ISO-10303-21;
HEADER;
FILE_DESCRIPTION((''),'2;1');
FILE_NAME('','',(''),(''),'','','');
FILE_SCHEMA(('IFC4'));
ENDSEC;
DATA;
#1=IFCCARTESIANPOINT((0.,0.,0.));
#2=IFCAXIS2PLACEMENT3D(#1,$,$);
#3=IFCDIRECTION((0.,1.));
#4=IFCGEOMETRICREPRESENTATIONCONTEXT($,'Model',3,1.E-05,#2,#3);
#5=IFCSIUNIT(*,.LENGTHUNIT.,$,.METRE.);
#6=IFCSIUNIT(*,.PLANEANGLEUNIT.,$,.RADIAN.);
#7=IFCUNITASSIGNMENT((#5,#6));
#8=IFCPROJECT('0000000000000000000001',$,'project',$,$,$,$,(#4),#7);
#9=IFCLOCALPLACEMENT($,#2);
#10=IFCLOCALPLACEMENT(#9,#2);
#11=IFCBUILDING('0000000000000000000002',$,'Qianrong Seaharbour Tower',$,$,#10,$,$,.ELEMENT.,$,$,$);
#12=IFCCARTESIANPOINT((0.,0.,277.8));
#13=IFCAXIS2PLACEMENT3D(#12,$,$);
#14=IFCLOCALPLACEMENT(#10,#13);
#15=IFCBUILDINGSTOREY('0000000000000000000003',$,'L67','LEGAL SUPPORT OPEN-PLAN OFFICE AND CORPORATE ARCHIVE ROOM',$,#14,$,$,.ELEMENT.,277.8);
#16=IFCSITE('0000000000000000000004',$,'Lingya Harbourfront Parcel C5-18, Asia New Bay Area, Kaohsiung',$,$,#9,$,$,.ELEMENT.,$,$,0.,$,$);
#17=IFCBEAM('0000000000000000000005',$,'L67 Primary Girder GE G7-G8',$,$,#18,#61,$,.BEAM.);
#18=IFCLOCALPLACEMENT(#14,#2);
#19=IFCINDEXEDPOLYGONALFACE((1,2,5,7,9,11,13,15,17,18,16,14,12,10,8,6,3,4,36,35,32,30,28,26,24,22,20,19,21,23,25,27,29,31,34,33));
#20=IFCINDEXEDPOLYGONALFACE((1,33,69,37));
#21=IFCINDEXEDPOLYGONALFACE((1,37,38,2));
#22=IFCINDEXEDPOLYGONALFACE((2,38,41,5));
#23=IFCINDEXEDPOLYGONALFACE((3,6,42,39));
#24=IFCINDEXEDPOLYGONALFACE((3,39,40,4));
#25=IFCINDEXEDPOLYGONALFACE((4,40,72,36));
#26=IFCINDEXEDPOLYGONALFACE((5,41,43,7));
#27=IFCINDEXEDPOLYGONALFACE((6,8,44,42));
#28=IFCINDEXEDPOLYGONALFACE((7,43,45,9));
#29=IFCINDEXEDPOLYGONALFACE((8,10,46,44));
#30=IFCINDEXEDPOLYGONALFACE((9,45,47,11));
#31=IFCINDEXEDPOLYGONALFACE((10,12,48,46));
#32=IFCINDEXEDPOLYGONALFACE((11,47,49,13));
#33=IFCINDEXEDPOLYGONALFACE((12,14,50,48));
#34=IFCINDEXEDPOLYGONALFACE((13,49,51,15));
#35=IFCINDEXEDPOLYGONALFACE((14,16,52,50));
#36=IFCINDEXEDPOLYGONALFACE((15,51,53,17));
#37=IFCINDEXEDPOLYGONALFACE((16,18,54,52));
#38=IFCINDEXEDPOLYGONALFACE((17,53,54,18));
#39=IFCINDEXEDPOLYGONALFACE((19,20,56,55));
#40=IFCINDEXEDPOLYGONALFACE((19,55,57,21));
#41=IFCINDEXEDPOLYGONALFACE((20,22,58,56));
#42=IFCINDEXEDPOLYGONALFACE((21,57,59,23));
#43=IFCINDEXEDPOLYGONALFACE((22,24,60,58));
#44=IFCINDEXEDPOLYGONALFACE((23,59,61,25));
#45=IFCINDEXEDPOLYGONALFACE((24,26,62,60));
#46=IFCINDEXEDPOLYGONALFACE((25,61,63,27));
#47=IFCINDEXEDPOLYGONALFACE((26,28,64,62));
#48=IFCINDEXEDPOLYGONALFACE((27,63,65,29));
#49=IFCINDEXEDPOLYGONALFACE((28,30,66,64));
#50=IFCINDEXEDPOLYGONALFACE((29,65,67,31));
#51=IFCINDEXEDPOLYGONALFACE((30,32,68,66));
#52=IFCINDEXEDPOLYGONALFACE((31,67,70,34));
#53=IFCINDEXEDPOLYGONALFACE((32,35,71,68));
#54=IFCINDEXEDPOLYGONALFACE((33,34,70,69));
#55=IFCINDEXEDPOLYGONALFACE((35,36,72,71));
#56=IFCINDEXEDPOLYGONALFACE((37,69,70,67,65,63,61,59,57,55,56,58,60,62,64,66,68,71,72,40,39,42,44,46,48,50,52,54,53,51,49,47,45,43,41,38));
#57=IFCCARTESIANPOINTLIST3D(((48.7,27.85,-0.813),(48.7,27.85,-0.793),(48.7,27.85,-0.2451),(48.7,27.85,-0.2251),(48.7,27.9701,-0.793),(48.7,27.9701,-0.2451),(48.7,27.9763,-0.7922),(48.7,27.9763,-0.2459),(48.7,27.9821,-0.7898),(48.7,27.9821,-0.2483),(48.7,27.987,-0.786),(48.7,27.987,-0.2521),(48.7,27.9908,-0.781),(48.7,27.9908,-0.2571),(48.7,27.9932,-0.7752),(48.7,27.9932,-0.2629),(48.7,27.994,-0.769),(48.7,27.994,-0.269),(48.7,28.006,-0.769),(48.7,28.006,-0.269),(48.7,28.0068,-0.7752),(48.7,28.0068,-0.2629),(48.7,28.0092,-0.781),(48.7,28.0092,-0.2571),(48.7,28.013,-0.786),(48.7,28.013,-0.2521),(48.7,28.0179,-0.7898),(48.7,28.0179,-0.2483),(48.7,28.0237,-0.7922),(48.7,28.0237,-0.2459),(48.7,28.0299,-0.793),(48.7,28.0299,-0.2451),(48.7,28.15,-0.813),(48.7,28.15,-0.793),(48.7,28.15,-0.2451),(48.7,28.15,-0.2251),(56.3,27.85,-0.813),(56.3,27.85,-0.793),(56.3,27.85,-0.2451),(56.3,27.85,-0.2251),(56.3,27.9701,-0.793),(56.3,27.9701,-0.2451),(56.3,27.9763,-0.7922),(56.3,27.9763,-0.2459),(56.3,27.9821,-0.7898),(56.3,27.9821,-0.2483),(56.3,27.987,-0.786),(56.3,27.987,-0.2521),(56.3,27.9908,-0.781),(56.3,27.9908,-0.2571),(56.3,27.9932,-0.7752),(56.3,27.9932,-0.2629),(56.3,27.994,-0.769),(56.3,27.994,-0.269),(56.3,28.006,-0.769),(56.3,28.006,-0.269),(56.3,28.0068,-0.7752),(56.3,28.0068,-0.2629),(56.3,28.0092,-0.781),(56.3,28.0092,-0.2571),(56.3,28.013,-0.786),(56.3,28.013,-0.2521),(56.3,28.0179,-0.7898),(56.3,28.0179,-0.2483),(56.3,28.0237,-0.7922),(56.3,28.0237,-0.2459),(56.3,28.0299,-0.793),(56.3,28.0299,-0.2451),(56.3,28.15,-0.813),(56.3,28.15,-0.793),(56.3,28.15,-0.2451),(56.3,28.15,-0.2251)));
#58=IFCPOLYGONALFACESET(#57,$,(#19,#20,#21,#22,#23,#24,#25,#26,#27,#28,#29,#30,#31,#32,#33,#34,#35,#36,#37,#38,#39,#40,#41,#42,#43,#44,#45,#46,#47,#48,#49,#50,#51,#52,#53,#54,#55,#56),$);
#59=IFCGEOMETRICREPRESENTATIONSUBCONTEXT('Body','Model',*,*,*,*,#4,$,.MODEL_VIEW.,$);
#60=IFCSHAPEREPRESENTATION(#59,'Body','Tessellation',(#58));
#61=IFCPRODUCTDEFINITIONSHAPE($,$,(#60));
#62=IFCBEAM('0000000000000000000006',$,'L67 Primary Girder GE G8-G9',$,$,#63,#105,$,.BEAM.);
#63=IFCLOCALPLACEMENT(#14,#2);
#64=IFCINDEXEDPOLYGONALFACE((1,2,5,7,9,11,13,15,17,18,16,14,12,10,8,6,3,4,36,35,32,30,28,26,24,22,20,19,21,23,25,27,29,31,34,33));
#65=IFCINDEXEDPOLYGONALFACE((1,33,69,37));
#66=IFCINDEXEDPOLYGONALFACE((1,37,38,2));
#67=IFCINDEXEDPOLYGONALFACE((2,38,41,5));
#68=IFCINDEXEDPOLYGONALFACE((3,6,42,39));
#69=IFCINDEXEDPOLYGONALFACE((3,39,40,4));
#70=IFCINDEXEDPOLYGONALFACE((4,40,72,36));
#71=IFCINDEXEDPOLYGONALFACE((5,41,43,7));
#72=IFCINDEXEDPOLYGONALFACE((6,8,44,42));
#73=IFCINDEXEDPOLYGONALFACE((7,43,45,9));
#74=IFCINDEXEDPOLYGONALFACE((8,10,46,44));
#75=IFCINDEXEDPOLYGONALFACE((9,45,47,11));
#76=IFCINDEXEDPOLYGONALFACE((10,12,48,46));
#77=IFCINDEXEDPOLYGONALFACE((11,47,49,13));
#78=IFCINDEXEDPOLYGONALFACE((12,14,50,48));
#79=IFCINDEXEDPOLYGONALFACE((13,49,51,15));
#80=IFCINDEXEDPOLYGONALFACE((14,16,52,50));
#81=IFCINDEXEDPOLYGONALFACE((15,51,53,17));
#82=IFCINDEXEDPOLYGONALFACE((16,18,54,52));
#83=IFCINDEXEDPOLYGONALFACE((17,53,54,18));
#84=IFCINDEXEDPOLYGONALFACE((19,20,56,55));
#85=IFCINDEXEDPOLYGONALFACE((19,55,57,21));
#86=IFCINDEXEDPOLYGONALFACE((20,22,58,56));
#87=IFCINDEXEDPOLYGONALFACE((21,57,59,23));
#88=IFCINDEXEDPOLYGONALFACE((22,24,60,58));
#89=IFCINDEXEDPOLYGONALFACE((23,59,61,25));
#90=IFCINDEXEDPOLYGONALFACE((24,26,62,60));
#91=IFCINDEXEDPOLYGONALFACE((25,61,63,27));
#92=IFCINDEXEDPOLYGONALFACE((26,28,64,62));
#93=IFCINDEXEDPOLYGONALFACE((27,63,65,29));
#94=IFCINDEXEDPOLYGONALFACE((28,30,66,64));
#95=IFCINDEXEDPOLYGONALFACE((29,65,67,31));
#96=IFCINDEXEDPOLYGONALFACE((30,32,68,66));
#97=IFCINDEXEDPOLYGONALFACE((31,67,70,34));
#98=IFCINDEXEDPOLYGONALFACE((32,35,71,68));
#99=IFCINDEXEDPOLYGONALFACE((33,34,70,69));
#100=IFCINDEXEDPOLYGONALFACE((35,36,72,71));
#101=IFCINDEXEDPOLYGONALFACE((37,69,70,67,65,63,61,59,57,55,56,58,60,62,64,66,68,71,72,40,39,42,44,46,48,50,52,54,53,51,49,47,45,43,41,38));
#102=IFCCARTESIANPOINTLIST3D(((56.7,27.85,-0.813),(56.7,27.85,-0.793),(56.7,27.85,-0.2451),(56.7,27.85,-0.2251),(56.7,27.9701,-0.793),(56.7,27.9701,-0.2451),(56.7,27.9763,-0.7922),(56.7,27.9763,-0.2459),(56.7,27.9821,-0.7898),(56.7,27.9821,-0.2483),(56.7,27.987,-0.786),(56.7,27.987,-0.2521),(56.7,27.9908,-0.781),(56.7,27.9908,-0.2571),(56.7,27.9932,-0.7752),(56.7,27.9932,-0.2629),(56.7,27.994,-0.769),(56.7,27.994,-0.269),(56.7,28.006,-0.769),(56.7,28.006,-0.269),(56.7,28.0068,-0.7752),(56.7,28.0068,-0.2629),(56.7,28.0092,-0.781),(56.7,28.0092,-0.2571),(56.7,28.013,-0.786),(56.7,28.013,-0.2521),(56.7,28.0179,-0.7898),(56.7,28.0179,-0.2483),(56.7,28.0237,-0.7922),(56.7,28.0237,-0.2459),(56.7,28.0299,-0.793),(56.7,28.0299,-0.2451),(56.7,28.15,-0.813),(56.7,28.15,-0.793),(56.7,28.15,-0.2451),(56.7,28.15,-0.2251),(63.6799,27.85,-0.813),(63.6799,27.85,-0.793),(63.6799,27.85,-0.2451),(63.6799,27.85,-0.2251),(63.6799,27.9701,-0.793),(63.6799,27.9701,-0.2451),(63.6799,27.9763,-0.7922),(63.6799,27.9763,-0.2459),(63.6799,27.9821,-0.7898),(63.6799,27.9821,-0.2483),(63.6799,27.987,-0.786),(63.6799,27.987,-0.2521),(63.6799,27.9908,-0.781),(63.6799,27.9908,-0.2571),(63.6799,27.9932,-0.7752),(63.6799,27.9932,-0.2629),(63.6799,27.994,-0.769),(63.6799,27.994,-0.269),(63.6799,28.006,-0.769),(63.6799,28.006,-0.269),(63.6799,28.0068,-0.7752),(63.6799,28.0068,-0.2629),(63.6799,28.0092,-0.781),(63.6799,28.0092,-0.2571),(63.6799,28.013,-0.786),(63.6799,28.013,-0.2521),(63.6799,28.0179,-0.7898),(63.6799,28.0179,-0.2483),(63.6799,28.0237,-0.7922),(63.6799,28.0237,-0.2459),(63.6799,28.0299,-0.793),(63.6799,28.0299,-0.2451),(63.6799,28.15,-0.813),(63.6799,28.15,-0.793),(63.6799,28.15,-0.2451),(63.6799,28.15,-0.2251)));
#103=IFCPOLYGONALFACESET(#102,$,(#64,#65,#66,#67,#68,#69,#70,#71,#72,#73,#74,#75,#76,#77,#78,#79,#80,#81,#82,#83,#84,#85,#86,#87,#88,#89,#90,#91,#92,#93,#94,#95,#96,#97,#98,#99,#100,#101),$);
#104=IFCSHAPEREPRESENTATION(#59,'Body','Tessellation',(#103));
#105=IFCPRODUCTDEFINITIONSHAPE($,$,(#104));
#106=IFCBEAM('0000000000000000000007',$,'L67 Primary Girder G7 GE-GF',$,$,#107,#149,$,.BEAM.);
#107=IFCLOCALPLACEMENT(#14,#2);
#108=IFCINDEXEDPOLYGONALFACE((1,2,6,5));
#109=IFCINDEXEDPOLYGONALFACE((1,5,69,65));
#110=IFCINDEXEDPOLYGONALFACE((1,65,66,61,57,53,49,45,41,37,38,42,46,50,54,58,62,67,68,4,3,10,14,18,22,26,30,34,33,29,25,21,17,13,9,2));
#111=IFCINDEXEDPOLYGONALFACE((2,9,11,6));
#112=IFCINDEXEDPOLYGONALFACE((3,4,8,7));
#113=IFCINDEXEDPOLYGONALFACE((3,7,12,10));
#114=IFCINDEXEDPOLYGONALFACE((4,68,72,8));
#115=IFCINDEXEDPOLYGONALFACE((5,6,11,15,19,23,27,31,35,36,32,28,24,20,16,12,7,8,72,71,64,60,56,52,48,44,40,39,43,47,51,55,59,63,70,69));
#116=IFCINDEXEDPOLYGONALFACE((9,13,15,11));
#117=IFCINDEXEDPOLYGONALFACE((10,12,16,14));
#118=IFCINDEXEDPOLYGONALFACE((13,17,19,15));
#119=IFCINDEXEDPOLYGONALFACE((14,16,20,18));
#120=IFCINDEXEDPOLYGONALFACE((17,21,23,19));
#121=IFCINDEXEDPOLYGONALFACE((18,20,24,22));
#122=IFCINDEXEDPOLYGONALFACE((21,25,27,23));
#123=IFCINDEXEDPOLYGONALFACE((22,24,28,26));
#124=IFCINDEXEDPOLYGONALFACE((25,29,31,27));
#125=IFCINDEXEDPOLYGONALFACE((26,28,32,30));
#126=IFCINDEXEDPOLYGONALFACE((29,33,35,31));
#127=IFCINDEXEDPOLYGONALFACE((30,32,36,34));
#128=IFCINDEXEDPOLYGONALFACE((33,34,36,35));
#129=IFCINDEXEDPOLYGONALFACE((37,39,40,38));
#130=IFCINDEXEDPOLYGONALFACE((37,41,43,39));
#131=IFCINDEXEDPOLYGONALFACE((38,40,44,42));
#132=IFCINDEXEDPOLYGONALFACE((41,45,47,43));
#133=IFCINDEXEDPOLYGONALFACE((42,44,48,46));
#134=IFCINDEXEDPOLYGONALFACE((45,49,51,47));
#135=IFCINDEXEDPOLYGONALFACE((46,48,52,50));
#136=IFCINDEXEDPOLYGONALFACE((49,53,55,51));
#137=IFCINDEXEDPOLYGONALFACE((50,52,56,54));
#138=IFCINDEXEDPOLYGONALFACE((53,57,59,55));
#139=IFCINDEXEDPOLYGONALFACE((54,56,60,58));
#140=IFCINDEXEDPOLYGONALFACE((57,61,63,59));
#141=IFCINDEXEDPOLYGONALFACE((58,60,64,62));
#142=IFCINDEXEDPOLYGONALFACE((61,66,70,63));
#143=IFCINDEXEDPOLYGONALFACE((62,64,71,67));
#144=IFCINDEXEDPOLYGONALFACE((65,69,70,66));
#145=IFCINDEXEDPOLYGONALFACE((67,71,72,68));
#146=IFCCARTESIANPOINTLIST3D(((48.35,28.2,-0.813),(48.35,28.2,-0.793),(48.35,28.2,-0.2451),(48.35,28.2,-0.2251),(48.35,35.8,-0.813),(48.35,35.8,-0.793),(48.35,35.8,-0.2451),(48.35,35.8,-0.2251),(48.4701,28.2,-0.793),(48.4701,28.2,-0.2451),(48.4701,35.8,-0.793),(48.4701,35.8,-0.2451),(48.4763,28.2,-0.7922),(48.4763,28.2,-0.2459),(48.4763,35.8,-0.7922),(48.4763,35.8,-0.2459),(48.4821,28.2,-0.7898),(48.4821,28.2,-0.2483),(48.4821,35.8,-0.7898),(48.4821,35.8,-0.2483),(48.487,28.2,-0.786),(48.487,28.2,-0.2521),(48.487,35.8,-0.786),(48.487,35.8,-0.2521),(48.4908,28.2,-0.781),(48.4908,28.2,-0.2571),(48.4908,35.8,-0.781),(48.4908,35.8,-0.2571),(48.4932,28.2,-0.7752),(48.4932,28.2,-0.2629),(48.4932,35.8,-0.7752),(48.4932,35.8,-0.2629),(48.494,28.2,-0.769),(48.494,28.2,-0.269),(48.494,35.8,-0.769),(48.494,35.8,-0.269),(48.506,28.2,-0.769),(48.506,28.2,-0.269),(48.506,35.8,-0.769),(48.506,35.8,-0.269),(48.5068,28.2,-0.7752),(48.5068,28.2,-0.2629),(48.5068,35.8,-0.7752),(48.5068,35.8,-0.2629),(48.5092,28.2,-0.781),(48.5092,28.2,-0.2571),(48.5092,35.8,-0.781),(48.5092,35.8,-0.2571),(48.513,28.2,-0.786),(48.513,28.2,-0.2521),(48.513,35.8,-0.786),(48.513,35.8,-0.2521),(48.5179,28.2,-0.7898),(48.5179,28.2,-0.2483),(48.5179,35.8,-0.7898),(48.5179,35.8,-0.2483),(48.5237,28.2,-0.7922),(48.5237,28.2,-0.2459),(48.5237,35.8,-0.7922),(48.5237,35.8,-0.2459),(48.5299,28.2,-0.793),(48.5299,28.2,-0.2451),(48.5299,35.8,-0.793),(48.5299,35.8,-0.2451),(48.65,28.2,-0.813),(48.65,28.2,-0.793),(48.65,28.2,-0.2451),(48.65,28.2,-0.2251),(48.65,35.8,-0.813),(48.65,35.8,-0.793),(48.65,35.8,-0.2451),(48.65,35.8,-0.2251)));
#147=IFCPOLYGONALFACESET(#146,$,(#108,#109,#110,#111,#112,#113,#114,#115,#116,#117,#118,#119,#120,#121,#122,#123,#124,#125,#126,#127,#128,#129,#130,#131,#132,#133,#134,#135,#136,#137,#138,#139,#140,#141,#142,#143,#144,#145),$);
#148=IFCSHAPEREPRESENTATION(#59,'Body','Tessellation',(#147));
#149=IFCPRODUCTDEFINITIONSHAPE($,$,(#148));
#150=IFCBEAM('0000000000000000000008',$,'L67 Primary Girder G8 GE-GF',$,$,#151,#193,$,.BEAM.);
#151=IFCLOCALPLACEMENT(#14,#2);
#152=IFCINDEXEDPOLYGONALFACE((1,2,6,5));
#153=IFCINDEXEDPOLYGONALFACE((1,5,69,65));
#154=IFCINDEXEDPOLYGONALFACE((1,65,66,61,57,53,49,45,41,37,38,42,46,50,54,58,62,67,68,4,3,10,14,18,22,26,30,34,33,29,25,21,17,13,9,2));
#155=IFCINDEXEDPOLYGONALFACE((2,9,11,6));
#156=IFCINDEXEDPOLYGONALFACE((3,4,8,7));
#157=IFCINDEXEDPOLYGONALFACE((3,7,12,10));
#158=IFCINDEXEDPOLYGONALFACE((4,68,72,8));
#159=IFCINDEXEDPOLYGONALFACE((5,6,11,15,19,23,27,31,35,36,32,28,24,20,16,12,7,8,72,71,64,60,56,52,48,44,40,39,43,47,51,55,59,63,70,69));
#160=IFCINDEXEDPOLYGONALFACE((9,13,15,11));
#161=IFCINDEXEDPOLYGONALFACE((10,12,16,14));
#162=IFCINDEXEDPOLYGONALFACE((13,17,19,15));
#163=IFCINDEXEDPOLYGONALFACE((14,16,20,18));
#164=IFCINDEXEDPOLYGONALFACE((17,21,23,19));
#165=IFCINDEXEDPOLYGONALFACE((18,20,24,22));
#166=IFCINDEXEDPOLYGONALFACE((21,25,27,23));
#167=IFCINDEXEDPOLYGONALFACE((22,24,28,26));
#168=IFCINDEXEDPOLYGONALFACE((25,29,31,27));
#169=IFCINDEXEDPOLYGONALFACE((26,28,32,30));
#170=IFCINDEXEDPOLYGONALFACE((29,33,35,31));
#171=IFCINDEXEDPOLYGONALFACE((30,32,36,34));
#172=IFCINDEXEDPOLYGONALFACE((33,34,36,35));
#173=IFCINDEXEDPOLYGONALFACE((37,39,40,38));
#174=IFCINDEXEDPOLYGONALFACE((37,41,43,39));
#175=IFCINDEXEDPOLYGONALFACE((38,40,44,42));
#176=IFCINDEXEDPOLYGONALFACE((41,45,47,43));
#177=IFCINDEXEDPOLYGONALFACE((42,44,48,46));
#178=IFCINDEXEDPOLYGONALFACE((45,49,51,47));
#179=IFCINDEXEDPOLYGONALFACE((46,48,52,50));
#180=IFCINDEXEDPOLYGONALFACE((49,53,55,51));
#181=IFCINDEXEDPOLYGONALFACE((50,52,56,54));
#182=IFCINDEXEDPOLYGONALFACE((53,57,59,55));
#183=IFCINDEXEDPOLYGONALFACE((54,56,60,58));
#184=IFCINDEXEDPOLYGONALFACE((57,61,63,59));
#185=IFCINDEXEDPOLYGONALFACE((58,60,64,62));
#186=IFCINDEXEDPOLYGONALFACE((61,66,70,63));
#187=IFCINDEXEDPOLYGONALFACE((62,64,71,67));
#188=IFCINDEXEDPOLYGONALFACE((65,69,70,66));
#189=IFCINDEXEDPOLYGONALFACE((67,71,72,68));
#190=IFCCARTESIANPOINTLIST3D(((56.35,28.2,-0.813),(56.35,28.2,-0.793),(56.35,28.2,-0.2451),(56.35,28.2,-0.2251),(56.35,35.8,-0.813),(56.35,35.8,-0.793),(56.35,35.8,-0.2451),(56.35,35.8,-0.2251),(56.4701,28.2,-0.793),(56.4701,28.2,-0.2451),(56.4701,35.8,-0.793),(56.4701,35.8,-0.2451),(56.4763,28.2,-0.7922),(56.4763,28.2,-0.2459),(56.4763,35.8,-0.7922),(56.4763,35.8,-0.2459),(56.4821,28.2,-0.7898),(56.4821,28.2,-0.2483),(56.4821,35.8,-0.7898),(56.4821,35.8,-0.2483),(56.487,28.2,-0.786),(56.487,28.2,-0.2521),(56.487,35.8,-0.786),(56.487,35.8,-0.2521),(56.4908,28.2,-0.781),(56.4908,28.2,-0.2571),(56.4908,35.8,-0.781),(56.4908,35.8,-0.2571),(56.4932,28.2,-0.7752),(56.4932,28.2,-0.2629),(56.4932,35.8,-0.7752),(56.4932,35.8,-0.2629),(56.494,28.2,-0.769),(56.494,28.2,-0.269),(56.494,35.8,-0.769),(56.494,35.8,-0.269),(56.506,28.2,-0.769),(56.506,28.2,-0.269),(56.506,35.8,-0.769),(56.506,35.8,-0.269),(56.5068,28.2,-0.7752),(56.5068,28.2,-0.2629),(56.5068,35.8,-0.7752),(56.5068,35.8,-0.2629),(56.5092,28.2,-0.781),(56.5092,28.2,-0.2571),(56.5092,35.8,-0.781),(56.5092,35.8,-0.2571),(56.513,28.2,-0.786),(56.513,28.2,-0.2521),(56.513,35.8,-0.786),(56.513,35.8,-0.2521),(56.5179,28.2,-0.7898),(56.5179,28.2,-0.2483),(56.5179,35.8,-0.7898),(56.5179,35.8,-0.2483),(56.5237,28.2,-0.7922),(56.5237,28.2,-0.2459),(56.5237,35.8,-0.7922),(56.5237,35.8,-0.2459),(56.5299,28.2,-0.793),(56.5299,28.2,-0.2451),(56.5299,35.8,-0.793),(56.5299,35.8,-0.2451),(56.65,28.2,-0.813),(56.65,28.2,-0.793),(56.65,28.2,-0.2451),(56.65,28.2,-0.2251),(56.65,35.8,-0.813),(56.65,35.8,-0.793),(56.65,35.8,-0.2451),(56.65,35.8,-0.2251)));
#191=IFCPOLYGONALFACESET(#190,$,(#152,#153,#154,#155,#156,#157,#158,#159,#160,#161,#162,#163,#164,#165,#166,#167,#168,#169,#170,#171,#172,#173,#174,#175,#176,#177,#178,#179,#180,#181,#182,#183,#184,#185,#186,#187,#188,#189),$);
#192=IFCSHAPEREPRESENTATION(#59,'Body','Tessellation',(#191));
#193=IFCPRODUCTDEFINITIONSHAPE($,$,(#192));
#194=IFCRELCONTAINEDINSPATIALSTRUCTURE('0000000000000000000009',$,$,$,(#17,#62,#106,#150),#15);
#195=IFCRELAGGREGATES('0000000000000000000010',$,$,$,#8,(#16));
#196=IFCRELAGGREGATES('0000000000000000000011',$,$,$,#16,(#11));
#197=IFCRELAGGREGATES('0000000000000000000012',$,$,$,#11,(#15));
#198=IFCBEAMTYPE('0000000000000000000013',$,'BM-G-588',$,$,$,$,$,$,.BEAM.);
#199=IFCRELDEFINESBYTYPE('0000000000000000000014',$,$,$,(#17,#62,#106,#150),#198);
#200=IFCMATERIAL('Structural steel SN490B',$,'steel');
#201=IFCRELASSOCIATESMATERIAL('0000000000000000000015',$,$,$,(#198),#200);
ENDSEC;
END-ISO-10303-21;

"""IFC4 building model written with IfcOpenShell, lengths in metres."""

from ifc_helpers import new_model, si_unit, direction, frame, origin, origin_2d, place, context, subcontext, project, spatial, i_section, extrude, material, material_profile, profile_set, type_object, element, save


model = new_model("IFC4")

# Units and contexts
model_context = context("Model", 3, precision=1e-05, world=origin(), true_north=direction((0.0, 1.0)))
body_context = subcontext(model_context, "Body", "Model", "MODEL_VIEW")
ifc_project = project(units=[si_unit("LENGTHUNIT", "METRE"), si_unit("PLANEANGLEUNIT", "RADIAN")], contexts=[model_context])

# Site, building, storey
site_placement = place(None, origin())
site = spatial("IfcSite", under=ifc_project, at=site_placement, Name="Lingya Harbourfront Parcel C5-18, Asia New Bay Area, Kaohsiung", CompositionType="ELEMENT", RefElevation=0.0)
building_placement = place(site_placement, origin())
building = spatial("IfcBuilding", under=site, at=building_placement, Name="Qianrong Seaharbour Tower", CompositionType="ELEMENT")
storey_placement = place(building_placement, frame((0.0, 0.0, 277.8)))
storey = spatial("IfcBuildingStorey", under=building, at=storey_placement, Name="L67", Description="LEGAL SUPPORT OPEN-PLAN OFFICE AND CORPORATE ARCHIVE ROOM", CompositionType="ELEMENT", Elevation=277.8)

# Shared definitions
ifc_material_1 = material(Name="Structural steel SN490B", Category="steel")

# Beams
ifc_material_profile_1 = material_profile(ifc_material_1, i_section(OverallWidth=0.3, OverallDepth=0.5879, WebThickness=0.012, FlangeThickness=0.02, FilletRadius=0.0239, at=origin_2d()), Name="H588x300x12x20")
ifc_profile_set_1 = profile_set([ifc_material_profile_1], Name="Structural steel SN490B")
beam_type_1 = type_object("IfcBeamType", Name="BM-G-588", PredefinedType="BEAM", material=ifc_profile_set_1)
beam_1_placement = place(storey_placement, frame((48.7, 28.0, -0.519), z_axis=(1.0, 0.0, 0.0), x_axis=(0.0, 1.0, 0.0)))
element("IfcBeam", 1, at=beam_1_placement, inside=storey, type_object=beam_type_1, Name="L67 Primary Girder GE G7-G8", PredefinedType="BEAM", context=body_context, shape_type="SweptSolid", body=[
    extrude(i_section(OverallWidth=0.3, OverallDepth=0.5879, WebThickness=0.012, FlangeThickness=0.02, FilletRadius=0.0239, at=origin_2d()), origin(), (0.0, 0.0, 1.0), 7.6001),
])
beam_2_placement = place(storey_placement, frame((56.7, 28.0, -0.519), z_axis=(1.0, 0.0, 0.0), x_axis=(0.0, 1.0, 0.0)))
element("IfcBeam", 2, at=beam_2_placement, inside=storey, type_object=beam_type_1, Name="L67 Primary Girder GE G8-G9", PredefinedType="BEAM", context=body_context, shape_type="SweptSolid", body=[
    extrude(i_section(OverallWidth=0.3, OverallDepth=0.5879, WebThickness=0.012, FlangeThickness=0.02, FilletRadius=0.0239, at=origin_2d()), origin(), (0.0, 0.0, 1.0), 6.98),
])
for number, where, z_axis, x_axis, name in (
    (3, (48.5, 28.2, -0.519), (0.0, 1.0, 0.0), (-1.0, 0.0, 0.0), "L67 Primary Girder G7 GE-GF"),
    (4, (56.5, 28.2, -0.519), (0.0, 1.0, 0.0), (-1.0, 0.0, 0.0), "L67 Primary Girder G8 GE-GF"),
):
    element("IfcBeam", number, at=place(storey_placement, frame(where, z_axis=z_axis, x_axis=x_axis)), inside=storey, type_object=beam_type_1, Name=name, PredefinedType="BEAM", context=body_context, shape_type="SweptSolid", body=[
        extrude(i_section(OverallWidth=0.3, OverallDepth=0.5879, WebThickness=0.012, FlangeThickness=0.02, FilletRadius=0.0239, at=origin_2d()), origin(), (0.0, 0.0, 1.0), 7.6001),
    ])

save(model, "model.ifc")
